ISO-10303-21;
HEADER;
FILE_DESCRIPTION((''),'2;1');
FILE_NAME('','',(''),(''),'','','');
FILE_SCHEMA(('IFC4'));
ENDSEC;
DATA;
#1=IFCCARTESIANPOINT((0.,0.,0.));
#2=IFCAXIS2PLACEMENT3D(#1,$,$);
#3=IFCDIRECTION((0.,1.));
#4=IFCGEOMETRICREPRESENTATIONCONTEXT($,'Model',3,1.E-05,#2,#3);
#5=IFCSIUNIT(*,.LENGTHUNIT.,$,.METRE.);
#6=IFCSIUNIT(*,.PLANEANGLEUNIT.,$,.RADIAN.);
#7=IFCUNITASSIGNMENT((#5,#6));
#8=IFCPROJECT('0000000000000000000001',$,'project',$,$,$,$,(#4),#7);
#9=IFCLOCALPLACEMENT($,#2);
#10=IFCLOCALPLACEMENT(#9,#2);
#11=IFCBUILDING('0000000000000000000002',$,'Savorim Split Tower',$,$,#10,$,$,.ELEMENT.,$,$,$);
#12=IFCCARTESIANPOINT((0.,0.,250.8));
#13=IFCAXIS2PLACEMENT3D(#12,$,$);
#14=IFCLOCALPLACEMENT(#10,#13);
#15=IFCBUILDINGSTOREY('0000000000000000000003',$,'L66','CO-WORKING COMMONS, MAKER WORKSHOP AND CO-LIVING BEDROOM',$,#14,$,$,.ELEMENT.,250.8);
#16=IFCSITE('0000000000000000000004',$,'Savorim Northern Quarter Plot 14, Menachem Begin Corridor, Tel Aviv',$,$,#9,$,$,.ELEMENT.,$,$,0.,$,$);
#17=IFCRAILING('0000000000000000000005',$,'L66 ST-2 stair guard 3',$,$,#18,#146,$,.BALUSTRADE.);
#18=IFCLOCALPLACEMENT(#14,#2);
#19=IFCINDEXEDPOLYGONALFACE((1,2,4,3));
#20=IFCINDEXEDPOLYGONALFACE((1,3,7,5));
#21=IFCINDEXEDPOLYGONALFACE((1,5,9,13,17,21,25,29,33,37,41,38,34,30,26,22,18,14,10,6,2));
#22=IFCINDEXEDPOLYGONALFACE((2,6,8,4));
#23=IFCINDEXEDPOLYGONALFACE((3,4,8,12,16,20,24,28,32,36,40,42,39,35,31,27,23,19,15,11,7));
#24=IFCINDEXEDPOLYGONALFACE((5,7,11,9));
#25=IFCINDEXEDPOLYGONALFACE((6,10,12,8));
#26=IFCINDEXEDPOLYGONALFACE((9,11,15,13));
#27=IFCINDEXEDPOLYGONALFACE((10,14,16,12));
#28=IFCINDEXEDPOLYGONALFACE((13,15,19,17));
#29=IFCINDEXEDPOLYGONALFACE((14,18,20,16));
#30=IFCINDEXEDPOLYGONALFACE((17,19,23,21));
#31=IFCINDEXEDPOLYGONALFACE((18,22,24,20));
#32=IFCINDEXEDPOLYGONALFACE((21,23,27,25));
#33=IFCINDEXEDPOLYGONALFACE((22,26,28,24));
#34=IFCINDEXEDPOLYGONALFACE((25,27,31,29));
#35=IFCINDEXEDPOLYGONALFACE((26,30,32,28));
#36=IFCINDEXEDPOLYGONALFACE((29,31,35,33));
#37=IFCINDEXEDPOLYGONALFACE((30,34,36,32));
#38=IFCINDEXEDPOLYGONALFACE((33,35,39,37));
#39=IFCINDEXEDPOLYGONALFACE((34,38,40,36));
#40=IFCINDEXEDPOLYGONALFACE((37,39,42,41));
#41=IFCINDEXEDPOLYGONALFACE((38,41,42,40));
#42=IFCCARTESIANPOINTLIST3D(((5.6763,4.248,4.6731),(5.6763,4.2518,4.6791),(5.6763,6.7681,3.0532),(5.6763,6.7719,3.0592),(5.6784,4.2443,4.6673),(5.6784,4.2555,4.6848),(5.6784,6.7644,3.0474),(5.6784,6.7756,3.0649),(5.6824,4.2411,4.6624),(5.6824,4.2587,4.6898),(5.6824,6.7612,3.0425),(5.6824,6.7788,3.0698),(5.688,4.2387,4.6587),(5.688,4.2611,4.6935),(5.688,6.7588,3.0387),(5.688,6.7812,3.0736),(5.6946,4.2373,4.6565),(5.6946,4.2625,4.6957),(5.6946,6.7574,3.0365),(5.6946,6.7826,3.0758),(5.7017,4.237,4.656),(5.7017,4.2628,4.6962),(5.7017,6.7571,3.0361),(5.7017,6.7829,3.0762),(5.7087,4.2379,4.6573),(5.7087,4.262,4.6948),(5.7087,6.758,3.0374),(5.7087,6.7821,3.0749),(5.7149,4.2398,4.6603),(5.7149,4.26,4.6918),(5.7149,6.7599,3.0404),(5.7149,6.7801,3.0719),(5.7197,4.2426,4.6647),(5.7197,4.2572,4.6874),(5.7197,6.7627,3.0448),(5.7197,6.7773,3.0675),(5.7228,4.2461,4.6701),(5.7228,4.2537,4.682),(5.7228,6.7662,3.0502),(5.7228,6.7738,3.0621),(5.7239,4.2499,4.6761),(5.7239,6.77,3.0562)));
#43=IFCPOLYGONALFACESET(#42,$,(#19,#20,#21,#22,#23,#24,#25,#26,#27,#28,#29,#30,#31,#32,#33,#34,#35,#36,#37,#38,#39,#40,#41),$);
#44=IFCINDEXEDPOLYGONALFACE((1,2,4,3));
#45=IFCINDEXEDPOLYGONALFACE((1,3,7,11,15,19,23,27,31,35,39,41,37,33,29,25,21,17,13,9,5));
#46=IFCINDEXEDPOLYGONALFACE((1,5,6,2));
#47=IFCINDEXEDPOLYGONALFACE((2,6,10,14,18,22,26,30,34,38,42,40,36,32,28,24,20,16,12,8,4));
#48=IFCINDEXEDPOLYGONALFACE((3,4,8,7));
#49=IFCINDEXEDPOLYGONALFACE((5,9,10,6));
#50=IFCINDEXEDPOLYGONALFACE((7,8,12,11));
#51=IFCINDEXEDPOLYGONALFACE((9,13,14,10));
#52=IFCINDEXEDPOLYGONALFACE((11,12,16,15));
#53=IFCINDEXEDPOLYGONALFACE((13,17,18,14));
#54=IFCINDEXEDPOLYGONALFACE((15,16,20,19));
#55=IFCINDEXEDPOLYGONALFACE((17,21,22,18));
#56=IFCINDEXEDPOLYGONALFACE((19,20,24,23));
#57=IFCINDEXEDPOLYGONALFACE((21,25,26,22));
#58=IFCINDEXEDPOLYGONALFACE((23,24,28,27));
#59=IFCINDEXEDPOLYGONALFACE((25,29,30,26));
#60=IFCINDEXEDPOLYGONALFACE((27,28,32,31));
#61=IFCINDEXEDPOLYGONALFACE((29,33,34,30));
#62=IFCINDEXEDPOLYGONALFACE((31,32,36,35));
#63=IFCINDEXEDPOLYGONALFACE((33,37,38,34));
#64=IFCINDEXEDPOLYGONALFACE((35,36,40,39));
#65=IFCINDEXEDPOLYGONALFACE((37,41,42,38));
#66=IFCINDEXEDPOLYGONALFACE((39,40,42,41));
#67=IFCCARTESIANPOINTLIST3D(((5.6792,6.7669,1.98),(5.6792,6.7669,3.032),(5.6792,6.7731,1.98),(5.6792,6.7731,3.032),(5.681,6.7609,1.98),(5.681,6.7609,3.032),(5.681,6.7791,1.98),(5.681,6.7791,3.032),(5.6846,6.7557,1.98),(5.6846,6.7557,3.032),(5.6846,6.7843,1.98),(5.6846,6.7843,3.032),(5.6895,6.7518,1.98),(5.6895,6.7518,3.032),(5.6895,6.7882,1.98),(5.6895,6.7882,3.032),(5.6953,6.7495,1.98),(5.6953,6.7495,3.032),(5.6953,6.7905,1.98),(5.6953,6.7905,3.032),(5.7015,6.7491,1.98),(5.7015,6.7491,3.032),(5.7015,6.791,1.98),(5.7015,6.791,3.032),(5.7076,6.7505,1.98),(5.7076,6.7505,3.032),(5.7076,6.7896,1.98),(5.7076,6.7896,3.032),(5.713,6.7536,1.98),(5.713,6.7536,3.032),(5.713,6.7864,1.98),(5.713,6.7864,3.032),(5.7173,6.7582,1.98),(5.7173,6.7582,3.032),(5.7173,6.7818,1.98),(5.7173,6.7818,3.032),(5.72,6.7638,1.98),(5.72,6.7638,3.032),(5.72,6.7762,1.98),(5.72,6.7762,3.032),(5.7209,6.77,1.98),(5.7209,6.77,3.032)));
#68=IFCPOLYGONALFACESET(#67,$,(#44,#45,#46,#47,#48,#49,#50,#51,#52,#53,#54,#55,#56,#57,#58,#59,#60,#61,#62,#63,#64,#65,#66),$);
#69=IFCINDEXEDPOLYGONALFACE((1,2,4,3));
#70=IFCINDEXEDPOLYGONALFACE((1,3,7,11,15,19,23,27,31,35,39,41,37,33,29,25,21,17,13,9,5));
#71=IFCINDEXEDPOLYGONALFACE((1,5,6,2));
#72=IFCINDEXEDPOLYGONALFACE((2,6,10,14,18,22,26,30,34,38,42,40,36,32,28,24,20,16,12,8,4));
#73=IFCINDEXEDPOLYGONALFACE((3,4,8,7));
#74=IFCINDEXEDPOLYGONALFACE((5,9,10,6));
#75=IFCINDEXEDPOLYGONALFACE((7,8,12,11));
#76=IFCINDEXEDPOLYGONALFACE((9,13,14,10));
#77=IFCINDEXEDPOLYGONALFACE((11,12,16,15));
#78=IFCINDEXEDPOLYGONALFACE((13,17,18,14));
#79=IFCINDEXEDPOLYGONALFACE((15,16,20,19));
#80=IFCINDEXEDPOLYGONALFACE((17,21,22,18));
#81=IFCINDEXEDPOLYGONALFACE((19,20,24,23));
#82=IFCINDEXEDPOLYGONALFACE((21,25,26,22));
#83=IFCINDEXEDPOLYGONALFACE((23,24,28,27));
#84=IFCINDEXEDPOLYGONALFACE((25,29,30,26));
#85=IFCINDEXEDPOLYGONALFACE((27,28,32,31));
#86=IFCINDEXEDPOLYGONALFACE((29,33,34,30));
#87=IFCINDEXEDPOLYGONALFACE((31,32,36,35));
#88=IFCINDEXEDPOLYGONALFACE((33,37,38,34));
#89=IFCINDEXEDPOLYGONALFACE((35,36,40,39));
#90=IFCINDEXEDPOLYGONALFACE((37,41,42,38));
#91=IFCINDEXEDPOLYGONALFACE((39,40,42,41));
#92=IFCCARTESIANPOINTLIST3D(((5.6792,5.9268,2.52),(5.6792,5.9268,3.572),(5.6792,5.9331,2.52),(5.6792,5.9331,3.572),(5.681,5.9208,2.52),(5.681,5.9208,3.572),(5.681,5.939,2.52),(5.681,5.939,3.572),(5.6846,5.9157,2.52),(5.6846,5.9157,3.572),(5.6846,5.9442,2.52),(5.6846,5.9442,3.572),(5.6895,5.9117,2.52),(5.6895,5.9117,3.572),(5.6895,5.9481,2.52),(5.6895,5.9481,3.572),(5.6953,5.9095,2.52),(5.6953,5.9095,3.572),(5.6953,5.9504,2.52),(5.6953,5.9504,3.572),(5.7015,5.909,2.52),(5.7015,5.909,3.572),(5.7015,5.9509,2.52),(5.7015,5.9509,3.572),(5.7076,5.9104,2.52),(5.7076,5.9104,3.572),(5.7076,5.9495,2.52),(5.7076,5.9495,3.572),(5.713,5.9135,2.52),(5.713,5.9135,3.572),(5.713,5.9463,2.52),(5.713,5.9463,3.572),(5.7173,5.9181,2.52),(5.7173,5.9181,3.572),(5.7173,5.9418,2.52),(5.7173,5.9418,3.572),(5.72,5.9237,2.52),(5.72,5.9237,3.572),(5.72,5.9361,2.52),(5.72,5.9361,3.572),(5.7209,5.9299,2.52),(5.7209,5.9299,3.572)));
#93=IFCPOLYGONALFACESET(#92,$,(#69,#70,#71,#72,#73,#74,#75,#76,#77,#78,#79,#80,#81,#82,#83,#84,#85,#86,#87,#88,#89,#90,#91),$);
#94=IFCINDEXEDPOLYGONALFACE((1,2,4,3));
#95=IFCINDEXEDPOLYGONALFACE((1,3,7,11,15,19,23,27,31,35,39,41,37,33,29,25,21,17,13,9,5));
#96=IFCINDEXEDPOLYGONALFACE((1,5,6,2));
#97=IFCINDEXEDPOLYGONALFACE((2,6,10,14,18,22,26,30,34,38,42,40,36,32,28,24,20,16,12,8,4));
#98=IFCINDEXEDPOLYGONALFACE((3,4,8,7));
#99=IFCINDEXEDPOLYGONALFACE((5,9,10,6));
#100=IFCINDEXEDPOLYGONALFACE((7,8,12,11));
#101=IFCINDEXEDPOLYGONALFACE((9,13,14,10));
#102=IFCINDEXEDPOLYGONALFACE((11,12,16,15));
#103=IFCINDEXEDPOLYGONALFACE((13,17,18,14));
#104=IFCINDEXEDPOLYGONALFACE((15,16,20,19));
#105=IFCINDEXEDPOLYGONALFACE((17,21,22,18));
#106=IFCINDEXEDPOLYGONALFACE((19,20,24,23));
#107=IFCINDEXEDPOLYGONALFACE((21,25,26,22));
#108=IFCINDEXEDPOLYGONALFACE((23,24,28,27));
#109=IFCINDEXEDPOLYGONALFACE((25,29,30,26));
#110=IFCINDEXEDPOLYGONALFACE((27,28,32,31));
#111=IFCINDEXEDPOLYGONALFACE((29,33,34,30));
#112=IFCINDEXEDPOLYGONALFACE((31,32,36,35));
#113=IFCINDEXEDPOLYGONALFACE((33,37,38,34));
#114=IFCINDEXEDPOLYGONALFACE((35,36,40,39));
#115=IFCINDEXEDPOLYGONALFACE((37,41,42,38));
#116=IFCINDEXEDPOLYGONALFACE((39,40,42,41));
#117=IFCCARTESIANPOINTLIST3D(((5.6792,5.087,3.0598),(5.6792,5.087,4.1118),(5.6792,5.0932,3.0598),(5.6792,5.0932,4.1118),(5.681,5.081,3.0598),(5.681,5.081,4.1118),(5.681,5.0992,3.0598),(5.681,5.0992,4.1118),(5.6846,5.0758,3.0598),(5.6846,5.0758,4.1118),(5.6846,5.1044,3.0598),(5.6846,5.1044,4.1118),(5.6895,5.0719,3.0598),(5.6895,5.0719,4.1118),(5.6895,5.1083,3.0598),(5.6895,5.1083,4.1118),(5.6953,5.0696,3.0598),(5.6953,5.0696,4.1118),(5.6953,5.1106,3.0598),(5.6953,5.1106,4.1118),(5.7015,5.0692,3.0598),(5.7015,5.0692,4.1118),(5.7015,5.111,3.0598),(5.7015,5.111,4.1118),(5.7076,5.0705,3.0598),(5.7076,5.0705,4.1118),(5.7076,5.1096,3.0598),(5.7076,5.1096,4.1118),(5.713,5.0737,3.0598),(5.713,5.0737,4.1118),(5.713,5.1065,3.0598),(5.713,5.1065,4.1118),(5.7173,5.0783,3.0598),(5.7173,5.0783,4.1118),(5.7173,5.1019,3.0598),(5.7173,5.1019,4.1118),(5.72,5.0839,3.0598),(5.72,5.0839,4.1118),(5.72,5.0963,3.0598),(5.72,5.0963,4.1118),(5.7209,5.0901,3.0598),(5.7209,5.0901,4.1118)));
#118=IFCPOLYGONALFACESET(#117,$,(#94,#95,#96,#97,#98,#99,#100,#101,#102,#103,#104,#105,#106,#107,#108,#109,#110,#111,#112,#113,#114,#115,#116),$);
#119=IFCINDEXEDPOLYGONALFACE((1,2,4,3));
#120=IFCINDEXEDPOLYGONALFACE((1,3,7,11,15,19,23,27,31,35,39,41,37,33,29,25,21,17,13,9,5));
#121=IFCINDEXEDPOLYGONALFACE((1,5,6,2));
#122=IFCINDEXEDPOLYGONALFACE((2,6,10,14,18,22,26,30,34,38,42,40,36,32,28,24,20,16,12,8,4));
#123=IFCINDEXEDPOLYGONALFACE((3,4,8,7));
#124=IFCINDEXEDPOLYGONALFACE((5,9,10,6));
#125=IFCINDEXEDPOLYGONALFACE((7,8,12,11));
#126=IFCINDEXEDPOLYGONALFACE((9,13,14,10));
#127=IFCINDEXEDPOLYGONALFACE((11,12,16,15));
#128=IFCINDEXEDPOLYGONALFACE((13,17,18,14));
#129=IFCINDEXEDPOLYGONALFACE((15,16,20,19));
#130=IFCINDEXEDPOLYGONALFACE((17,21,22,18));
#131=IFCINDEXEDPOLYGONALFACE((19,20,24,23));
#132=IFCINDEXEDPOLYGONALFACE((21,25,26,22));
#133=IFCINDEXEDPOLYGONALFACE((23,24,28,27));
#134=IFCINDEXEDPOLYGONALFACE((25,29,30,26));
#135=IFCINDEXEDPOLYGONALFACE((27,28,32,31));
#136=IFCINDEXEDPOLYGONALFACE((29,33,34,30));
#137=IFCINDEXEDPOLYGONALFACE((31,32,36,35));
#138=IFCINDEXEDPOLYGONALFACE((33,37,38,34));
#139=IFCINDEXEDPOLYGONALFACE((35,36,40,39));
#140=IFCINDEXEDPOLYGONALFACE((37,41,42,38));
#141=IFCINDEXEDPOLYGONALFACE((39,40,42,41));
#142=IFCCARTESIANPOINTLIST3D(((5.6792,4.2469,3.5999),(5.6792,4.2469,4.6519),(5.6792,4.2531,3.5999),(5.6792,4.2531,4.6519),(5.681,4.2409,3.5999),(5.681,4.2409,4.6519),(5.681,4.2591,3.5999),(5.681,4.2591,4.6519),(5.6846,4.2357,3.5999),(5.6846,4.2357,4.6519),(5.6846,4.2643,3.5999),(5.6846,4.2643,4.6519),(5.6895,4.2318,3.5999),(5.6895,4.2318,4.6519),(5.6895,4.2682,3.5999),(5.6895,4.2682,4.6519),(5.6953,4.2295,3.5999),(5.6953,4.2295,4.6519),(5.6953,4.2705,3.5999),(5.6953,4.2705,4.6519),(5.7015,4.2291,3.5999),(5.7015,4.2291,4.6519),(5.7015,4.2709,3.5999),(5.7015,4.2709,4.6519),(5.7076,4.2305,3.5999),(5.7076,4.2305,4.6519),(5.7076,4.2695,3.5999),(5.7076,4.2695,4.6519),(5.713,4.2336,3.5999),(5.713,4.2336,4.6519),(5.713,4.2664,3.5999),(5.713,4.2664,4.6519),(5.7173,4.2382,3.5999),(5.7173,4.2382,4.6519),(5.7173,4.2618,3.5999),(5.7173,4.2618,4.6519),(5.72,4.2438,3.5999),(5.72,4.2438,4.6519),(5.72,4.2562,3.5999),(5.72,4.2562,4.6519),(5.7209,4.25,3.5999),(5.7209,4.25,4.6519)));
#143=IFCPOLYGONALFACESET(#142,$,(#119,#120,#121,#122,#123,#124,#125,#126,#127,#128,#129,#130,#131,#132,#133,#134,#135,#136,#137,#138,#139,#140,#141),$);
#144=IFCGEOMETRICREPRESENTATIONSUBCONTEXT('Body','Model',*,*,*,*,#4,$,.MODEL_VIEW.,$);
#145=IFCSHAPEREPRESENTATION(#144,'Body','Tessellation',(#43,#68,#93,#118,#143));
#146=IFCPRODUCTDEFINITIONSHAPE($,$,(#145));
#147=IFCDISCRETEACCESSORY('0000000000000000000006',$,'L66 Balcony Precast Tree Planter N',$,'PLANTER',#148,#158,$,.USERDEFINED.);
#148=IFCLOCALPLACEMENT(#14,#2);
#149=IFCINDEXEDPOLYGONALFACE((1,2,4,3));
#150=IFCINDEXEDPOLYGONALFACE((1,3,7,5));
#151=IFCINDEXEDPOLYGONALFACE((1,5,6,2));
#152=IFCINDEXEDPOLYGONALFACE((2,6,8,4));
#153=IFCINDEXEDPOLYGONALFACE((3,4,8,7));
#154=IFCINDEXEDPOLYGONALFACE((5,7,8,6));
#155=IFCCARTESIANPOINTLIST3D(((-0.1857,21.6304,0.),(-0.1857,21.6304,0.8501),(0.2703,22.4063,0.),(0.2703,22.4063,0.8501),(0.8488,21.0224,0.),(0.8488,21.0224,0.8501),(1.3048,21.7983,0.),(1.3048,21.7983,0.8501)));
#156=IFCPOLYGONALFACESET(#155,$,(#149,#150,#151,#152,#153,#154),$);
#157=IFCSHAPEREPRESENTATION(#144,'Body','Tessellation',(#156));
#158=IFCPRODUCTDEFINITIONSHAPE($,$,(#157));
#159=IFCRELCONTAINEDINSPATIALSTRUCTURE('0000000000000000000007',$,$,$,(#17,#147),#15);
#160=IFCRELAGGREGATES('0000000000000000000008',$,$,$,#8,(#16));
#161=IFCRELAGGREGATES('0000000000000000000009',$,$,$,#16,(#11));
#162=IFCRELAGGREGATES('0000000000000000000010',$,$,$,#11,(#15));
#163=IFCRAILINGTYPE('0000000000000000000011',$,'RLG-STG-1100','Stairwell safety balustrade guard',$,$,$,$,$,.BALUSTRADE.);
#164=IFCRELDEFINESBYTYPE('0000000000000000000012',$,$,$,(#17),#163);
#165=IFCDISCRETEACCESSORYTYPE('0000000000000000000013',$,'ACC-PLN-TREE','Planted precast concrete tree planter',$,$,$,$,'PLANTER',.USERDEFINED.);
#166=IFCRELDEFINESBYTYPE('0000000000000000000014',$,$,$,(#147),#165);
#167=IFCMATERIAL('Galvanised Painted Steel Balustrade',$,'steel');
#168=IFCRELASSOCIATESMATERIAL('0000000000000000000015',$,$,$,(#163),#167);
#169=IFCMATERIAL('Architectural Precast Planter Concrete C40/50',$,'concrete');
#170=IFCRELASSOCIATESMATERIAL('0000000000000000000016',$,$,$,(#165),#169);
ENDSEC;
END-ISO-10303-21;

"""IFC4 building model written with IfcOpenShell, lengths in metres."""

from ifc_helpers import new_model, si_unit, direction, frame, origin, origin_2d, place, context, subcontext, project, spatial, rectangle, circle, extrude, material, type_object, element, save


model = new_model("IFC4")

# Units and contexts
model_context = context("Model", 3, precision=1e-05, world=origin(), true_north=direction((0.0, 1.0)))
body_context = subcontext(model_context, "Body", "Model", "MODEL_VIEW")
ifc_project = project(units=[si_unit("LENGTHUNIT", "METRE"), si_unit("PLANEANGLEUNIT", "RADIAN")], contexts=[model_context])

# Site, building, storey
site_placement = place(None, origin())
site = spatial("IfcSite", under=ifc_project, at=site_placement, Name="Savorim Northern Quarter Plot 14, Menachem Begin Corridor, Tel Aviv", CompositionType="ELEMENT", RefElevation=0.0)
building_placement = place(site_placement, origin())
building = spatial("IfcBuilding", under=site, at=building_placement, Name="Savorim Split Tower", CompositionType="ELEMENT")
storey_placement = place(building_placement, frame((0.0, 0.0, 250.8)))
storey = spatial("IfcBuildingStorey", under=building, at=storey_placement, Name="L66", Description="CO-WORKING COMMONS, MAKER WORKSHOP AND CO-LIVING BEDROOM", CompositionType="ELEMENT", Elevation=250.8)

# Railing
ifc_material_1 = material(Name="Galvanised Painted Steel Balustrade", Category="steel")
railing_type_1 = type_object("IfcRailingType", Name="RLG-STG-1100", Description="Stairwell safety balustrade guard", PredefinedType="BALUSTRADE", material=ifc_material_1)
railing_1_placement = place(storey_placement, frame((5.7, 6.77, 1.98)))
element("IfcRailing", 1, at=railing_1_placement, inside=storey, type_object=railing_type_1, Name="L66 ST-2 stair guard 3", PredefinedType="BALUSTRADE", context=body_context, shape_type="SweptSolid", body=[
    extrude(circle(Radius=0.0239, at=origin_2d()), frame((0.0, 0.0, 1.0762), z_axis=(0.0, -0.8412, 0.540725), x_axis=(1.0, 0.0, 0.0)), (0.0, 0.0, 1.0), 2.9958),
    extrude(circle(Radius=0.021, at=origin_2d()), origin(), (0.0, 0.0, 1.0), 1.052),
    extrude(circle(Radius=0.021, at=origin_2d()), frame((0.0, -0.8401, 0.54)), (0.0, 0.0, 1.0), 1.052),
    extrude(circle(Radius=0.021, at=origin_2d()), frame((0.0, -1.6799, 1.0798)), (0.0, 0.0, 1.0), 1.052),
    extrude(circle(Radius=0.021, at=origin_2d()), frame((0.0, -2.52, 1.6199)), (0.0, 0.0, 1.0), 1.052),
])

# Discrete accessory
ifc_material_2 = material(Name="Architectural Precast Planter Concrete C40/50", Category="concrete")
discrete_accessory_type = type_object("IfcDiscreteAccessoryType", Name="ACC-PLN-TREE", Description="Planted precast concrete tree planter", ElementType="PLANTER", PredefinedType="USERDEFINED", material=ifc_material_2)
discrete_accessory_placement = place(storey_placement, frame((0.5596, 21.7144, 0.0), z_axis=(0.0, 0.0, 1.0), x_axis=(-0.862125, 0.506696, 0.0)))
element("IfcDiscreteAccessory", 2, at=discrete_accessory_placement, inside=storey, type_object=discrete_accessory_type, Name="L66 Balcony Precast Tree Planter N", ObjectType="PLANTER", PredefinedType="USERDEFINED", context=body_context, shape_type="SweptSolid", body=[
    extrude(rectangle(XDim=1.2, YDim=0.8999, at=origin_2d()), origin(), (0.0, 0.0, 1.0), 0.8501),
])

save(model, "model.ifc")
